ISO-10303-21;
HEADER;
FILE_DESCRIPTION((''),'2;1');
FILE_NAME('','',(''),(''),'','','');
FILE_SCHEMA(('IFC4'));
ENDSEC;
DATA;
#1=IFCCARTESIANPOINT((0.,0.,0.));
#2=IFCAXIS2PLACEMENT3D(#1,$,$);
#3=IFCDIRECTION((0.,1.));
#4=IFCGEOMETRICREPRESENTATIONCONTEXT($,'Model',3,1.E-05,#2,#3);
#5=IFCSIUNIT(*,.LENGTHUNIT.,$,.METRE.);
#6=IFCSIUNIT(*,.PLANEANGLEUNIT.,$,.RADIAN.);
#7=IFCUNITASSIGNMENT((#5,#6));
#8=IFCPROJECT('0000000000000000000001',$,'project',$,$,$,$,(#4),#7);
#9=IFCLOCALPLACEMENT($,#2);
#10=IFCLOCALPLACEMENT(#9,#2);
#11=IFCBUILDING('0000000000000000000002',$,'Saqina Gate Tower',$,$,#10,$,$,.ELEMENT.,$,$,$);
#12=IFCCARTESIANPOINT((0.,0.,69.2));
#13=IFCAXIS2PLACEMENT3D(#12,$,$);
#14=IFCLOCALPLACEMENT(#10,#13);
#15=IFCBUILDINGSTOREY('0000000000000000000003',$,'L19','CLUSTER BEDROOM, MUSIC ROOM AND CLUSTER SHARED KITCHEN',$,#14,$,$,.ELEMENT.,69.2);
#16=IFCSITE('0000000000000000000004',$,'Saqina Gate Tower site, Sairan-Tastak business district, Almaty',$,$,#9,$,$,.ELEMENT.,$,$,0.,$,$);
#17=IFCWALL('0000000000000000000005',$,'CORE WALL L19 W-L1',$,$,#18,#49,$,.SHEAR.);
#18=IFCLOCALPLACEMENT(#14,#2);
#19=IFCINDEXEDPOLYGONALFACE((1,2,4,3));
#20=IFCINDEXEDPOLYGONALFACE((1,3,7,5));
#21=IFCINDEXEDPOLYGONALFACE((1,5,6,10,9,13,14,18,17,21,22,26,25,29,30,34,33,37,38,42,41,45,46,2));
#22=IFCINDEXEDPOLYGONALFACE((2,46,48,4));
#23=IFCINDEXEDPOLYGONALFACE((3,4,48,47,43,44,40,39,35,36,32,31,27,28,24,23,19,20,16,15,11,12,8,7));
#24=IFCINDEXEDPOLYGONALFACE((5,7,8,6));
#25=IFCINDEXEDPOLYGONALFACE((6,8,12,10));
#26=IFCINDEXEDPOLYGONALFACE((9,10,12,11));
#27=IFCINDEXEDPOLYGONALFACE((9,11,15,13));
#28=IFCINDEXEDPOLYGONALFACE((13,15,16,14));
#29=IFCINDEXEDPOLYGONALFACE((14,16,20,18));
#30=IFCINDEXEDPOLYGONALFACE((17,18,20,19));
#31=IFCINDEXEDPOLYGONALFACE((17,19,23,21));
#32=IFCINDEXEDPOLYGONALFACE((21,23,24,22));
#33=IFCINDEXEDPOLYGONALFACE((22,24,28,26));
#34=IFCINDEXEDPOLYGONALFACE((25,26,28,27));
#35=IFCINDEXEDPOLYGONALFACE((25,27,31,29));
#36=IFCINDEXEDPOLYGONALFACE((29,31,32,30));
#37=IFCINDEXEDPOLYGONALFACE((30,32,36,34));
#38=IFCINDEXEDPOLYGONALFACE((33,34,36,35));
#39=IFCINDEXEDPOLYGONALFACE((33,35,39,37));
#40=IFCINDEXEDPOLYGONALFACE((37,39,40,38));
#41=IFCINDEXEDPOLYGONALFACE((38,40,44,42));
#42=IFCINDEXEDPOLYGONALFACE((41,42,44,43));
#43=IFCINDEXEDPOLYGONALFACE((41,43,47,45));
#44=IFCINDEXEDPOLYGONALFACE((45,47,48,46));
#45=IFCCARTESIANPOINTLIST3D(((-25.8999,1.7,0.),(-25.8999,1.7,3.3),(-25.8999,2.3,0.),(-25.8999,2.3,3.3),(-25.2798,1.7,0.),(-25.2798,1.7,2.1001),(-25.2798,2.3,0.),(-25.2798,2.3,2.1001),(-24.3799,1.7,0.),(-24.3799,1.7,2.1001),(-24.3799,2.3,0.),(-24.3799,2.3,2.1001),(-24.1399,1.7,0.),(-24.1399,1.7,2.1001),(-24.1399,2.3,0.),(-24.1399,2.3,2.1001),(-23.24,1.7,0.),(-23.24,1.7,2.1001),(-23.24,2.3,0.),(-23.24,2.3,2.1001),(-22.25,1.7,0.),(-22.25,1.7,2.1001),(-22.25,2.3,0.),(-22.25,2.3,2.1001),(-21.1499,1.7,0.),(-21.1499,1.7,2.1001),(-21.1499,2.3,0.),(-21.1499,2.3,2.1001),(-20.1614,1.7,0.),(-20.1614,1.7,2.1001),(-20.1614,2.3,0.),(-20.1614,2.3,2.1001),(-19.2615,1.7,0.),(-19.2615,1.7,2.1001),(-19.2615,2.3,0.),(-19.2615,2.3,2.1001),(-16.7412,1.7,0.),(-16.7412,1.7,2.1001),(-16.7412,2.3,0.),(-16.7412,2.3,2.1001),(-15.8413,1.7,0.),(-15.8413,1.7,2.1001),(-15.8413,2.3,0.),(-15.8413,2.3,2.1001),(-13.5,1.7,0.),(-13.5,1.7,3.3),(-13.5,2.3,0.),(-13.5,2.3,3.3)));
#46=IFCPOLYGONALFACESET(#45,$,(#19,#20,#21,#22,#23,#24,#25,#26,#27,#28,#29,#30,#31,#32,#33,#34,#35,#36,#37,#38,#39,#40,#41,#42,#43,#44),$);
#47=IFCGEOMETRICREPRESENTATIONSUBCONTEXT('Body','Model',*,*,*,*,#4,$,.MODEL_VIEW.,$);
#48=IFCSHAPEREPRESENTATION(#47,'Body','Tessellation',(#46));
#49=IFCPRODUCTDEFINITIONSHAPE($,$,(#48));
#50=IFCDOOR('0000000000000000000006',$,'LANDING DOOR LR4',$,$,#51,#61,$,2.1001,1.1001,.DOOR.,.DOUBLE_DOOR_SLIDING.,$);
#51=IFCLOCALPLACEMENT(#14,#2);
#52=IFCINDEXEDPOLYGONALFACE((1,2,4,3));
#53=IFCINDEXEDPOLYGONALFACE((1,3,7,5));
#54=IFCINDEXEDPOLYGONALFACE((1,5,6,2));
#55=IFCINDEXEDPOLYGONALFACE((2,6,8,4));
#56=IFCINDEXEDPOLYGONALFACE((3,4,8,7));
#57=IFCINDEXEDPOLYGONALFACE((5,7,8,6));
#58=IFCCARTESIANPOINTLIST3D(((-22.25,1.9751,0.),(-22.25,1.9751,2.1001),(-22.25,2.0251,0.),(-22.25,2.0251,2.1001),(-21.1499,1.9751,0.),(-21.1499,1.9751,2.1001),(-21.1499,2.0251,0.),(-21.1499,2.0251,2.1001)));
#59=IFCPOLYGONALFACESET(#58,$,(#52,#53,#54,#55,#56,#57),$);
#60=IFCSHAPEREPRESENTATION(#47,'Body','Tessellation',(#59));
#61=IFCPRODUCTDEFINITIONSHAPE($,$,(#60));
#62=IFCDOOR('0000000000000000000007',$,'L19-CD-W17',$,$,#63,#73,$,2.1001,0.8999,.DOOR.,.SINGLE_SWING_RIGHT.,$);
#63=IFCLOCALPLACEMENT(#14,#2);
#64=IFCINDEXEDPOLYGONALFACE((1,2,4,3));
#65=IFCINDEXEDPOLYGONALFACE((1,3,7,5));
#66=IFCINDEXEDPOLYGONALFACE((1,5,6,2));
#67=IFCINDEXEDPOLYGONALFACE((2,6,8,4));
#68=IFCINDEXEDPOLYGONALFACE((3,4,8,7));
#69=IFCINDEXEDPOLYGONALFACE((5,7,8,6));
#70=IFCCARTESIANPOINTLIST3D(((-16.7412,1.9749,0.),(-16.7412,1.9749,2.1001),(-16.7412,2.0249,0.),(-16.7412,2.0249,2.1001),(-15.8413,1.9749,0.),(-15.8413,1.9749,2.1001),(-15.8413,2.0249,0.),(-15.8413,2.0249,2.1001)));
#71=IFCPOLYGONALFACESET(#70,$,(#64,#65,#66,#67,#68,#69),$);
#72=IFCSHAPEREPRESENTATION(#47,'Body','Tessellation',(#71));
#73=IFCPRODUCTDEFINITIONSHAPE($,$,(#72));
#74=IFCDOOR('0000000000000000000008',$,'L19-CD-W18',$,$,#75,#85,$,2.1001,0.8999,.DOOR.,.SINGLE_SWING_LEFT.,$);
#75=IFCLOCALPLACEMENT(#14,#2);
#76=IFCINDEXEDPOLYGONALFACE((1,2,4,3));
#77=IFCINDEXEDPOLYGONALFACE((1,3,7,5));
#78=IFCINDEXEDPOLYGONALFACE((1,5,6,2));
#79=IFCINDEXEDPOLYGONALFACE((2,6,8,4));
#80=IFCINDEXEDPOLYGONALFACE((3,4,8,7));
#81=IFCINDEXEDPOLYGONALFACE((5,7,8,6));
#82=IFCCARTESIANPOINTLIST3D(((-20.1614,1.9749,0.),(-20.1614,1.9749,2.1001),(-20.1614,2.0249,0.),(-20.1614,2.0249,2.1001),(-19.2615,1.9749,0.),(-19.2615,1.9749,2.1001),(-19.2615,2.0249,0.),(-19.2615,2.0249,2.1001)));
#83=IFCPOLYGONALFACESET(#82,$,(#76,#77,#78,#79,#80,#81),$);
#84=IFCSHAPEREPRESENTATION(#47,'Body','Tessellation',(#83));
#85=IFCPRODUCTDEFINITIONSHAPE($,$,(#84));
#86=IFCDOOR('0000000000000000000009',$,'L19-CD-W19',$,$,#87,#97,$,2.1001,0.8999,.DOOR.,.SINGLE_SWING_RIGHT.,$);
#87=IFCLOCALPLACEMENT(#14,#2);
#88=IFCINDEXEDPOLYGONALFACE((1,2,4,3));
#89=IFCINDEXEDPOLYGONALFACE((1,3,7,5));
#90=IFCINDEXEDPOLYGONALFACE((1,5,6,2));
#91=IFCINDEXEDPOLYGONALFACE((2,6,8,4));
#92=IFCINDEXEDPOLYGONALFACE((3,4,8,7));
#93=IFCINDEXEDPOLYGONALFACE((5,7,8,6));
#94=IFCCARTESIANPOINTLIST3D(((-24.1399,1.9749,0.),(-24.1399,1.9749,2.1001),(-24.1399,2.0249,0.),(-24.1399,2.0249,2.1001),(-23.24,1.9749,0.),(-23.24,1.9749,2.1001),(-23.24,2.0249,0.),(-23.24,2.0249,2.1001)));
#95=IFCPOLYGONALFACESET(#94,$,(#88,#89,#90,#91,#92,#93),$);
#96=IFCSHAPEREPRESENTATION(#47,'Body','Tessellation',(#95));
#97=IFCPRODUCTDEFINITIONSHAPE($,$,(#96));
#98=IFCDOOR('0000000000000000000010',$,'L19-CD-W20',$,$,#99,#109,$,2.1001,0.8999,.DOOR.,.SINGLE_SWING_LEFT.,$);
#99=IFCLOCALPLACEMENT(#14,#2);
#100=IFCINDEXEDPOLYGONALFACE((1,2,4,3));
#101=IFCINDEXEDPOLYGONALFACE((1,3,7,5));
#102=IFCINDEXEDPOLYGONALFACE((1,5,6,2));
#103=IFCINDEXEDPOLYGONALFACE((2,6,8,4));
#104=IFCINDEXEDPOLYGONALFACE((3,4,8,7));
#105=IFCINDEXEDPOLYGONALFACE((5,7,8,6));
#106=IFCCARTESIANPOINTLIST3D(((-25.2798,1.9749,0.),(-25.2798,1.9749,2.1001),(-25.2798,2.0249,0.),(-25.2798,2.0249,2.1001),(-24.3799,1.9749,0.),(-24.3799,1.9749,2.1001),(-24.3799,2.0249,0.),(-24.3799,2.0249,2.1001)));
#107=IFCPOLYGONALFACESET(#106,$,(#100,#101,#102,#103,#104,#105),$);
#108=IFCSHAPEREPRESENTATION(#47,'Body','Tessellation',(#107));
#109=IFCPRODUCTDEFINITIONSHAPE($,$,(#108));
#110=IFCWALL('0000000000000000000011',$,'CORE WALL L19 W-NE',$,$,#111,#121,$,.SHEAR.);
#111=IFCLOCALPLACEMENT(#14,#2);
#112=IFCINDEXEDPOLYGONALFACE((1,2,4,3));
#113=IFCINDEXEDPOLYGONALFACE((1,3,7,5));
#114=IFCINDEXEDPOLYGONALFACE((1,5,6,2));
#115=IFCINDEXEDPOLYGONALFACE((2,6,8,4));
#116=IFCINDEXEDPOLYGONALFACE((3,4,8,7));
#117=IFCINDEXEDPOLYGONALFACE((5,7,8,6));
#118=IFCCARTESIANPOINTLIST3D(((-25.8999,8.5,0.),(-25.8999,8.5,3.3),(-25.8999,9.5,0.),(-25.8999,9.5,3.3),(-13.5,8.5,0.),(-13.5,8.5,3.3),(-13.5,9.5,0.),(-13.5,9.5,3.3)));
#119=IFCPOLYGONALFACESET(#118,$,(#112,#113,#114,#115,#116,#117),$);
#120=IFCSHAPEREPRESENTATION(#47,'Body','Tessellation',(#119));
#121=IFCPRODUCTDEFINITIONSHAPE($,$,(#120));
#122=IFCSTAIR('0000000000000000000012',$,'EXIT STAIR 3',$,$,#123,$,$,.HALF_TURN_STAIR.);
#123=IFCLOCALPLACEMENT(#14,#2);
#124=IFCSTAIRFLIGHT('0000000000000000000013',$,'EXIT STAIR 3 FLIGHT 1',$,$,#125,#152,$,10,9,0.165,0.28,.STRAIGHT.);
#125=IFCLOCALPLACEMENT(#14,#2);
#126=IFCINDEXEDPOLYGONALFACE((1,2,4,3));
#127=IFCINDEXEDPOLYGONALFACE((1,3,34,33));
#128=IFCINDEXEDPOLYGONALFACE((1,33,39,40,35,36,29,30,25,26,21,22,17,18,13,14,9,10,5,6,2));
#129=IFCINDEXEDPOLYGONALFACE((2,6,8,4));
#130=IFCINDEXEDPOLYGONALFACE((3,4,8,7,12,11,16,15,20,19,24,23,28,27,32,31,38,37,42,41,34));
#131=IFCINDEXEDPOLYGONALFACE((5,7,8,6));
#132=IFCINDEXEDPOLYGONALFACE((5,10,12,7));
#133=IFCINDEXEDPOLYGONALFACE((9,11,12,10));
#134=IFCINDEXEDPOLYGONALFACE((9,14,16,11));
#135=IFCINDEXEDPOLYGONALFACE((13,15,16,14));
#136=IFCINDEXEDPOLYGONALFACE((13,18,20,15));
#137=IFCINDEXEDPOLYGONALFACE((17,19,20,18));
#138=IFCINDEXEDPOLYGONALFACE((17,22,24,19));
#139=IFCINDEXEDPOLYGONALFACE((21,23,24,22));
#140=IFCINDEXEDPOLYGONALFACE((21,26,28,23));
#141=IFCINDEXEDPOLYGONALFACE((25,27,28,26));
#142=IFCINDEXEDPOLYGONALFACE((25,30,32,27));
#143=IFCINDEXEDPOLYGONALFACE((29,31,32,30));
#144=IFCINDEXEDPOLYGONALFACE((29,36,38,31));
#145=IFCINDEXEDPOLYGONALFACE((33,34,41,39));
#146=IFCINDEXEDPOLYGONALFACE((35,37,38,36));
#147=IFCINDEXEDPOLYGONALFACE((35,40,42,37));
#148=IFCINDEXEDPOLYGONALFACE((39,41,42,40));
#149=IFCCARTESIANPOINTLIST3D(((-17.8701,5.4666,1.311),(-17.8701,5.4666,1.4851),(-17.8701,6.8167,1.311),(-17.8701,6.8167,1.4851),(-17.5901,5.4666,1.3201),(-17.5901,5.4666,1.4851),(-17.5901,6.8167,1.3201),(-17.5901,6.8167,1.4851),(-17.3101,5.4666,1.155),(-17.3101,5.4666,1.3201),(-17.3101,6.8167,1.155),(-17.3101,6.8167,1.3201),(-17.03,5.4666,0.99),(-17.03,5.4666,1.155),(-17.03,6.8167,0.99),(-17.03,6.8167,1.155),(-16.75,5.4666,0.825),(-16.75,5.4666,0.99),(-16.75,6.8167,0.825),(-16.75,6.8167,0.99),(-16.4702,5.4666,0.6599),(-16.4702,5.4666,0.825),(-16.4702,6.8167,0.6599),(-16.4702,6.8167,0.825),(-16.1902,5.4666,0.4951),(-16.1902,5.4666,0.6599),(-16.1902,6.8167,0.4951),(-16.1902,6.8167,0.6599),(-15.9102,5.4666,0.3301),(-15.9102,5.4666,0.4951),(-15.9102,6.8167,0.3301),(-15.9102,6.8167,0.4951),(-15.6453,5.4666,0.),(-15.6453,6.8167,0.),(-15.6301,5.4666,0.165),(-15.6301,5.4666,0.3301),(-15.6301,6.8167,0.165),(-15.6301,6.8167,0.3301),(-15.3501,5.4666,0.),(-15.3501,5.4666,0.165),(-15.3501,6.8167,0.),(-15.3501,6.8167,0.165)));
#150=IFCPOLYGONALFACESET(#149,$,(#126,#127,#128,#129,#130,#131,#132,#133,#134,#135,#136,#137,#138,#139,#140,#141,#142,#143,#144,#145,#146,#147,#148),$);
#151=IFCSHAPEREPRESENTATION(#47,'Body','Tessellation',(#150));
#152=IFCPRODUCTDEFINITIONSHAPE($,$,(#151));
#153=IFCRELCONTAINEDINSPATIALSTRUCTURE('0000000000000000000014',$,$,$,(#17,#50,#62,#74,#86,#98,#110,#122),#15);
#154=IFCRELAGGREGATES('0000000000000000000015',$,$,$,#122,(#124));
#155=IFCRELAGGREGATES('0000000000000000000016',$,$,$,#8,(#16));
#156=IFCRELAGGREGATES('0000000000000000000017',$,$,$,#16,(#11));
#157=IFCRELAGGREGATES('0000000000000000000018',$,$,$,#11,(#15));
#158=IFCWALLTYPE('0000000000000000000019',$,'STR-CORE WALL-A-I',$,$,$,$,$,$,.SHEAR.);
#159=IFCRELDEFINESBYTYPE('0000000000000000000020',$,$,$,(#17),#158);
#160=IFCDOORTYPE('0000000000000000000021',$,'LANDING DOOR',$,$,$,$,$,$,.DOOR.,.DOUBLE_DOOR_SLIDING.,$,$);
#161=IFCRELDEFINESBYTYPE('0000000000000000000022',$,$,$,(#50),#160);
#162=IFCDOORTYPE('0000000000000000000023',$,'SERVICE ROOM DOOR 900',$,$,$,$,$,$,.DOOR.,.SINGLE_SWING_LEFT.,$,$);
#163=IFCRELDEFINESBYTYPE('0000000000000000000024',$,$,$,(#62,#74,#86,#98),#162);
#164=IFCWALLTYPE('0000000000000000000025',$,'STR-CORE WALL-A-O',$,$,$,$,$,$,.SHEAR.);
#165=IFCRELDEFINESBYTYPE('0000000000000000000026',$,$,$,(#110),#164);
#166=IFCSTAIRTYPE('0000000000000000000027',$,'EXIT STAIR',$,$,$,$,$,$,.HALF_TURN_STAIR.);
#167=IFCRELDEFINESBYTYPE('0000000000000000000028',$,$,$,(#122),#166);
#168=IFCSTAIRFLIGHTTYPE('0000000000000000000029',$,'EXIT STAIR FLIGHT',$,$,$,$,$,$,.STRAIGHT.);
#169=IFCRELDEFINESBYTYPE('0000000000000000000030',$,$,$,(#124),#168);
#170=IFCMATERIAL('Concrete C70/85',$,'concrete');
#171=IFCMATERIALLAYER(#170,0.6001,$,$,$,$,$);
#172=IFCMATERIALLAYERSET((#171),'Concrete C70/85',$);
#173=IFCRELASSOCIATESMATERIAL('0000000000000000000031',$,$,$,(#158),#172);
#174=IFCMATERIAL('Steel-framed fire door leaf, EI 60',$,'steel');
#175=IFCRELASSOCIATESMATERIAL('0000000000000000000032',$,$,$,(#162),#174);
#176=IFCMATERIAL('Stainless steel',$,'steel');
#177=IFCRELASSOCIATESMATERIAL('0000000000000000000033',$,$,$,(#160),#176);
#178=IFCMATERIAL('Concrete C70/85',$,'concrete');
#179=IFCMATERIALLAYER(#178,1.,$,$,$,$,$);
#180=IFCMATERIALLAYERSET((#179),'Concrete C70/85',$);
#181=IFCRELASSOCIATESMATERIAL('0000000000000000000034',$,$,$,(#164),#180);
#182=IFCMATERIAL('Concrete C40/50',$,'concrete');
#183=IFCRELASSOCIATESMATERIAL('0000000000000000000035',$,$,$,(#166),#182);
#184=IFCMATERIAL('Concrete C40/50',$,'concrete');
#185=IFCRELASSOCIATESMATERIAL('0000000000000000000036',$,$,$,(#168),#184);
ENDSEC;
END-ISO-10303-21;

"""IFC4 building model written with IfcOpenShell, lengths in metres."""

from ifc_helpers import new_model, si_unit, direction, frame, frame_2d, origin, place, context, subcontext, project, spatial, polyline, rectangle, outline, extrude, material, layer, layer_set, type_object, element, fill, aggregate, save


model = new_model("IFC4")

# Units and contexts
model_context = context("Model", 3, precision=1e-05, world=origin(), true_north=direction((0.0, 1.0)))
body_context = subcontext(model_context, "Body", "Model", "MODEL_VIEW")
ifc_project = project(units=[si_unit("LENGTHUNIT", "METRE"), si_unit("PLANEANGLEUNIT", "RADIAN")], contexts=[model_context])

# Site, building, storey
site_placement = place(None, origin())
site = spatial("IfcSite", under=ifc_project, at=site_placement, Name="Saqina Gate Tower site, Sairan-Tastak business district, Almaty", CompositionType="ELEMENT", RefElevation=0.0)
building_placement = place(site_placement, origin())
building = spatial("IfcBuilding", under=site, at=building_placement, Name="Saqina Gate Tower", CompositionType="ELEMENT")
storey_placement = place(building_placement, frame((0.0, 0.0, 69.2)))
storey = spatial("IfcBuildingStorey", under=building, at=storey_placement, Name="L19", Description="CLUSTER BEDROOM, MUSIC ROOM AND CLUSTER SHARED KITCHEN", CompositionType="ELEMENT", Elevation=69.2)

# Wall, openings, doors
ifc_material_1 = material(Name="Concrete C70/85", Category="concrete")
ifc_layer_1 = layer(ifc_material_1, 0.6001)
ifc_layer_set_1 = layer_set([ifc_layer_1], Name="Concrete C70/85")
wall_type_1 = type_object("IfcWallType", Name="STR-CORE WALL-A-I", PredefinedType="SHEAR", material=ifc_layer_set_1)
ifc_material_2 = material(Name="Steel-framed fire door leaf, EI 60", Category="steel")
door_type_1 = type_object("IfcDoorType", Name="SERVICE ROOM DOOR 900", OperationType="SINGLE_SWING_LEFT", PredefinedType="DOOR", material=ifc_material_2)
wall_1_placement = place(storey_placement, frame((-13.5, 2.0, 0.0), z_axis=(0.0, 0.0, 1.0), x_axis=(-1.0, 0.0, 0.0)))
wall_1 = element("IfcWall", 1, at=wall_1_placement, inside=storey, type_object=wall_type_1, Name="CORE WALL L19 W-L1", PredefinedType="SHEAR", context=body_context, shape_type="SweptSolid", body=[
    extrude(rectangle(XDim=12.3999, YDim=0.6001, at=frame_2d((6.2, 0.0))), origin(), (0.0, 0.0, 1.0), 3.3),
])
opening_1_placement = place(wall_1_placement, frame((7.6499, 0.0, 0.0)))
opening_1 = element("IfcOpeningElement", 2, at=opening_1_placement, cuts=wall_1, PredefinedType="OPENING", context=body_context, shape_type="SweptSolid", body=[
    extrude(rectangle(XDim=1.1001, YDim=2.1001, at=frame_2d((0.55, 1.05))), frame((0.0, 0.312, 0.0), z_axis=(0.0, -1.0, 0.0), x_axis=(1.0, 0.0, 0.0)), (0.0, 0.0, 1.0), 0.624),
])
opening_2_placement = place(wall_1_placement, frame((2.3413, 0.0, 0.0)))
opening_2 = element("IfcOpeningElement", 3, at=opening_2_placement, cuts=wall_1, PredefinedType="OPENING", context=body_context, shape_type="SweptSolid", body=[
    extrude(rectangle(XDim=0.8999, YDim=2.1001, at=frame_2d((0.45, 1.05))), frame((0.0, 0.312, 0.0), z_axis=(0.0, -1.0, 0.0), x_axis=(1.0, 0.0, 0.0)), (0.0, 0.0, 1.0), 0.624),
])
opening_3_placement = place(wall_1_placement, frame((5.7615, 0.0, 0.0)))
opening_3 = element("IfcOpeningElement", 4, at=opening_3_placement, cuts=wall_1, PredefinedType="OPENING", context=body_context, shape_type="SweptSolid", body=[
    extrude(rectangle(XDim=0.8999, YDim=2.1001, at=frame_2d((0.45, 1.05))), frame((0.0, 0.312, 0.0), z_axis=(0.0, -1.0, 0.0), x_axis=(1.0, 0.0, 0.0)), (0.0, 0.0, 1.0), 0.624),
])
opening_4_placement = place(wall_1_placement, frame((9.74, 0.0, 0.0)))
opening_4 = element("IfcOpeningElement", 5, at=opening_4_placement, cuts=wall_1, PredefinedType="OPENING", context=body_context, shape_type="SweptSolid", body=[
    extrude(rectangle(XDim=0.8999, YDim=2.1001, at=frame_2d((0.45, 1.05))), frame((0.0, 0.312, 0.0), z_axis=(0.0, -1.0, 0.0), x_axis=(1.0, 0.0, 0.0)), (0.0, 0.0, 1.0), 0.624),
])
opening_5_placement = place(wall_1_placement, frame((10.8799, 0.0, 0.0)))
opening_5 = element("IfcOpeningElement", 6, at=opening_5_placement, cuts=wall_1, PredefinedType="OPENING", context=body_context, shape_type="SweptSolid", body=[
    extrude(rectangle(XDim=0.8999, YDim=2.1001, at=frame_2d((0.45, 1.05))), frame((0.0, 0.312, 0.0), z_axis=(0.0, -1.0, 0.0), x_axis=(1.0, 0.0, 0.0)), (0.0, 0.0, 1.0), 0.624),
])
ifc_material_3 = material(Name="Stainless steel", Category="steel")
door_type_2 = type_object("IfcDoorType", Name="LANDING DOOR", OperationType="DOUBLE_DOOR_SLIDING", PredefinedType="DOOR", material=ifc_material_3)
door_1_placement = place(opening_1_placement, origin())
door_1 = element("IfcDoor", 7, at=door_1_placement, inside=storey, type_object=door_type_2, Name="LANDING DOOR LR4", OperationType="DOUBLE_DOOR_SLIDING", OverallHeight=2.1001, OverallWidth=1.1001, PredefinedType="DOOR", context=body_context, shape_type="SweptSolid", body=[
    extrude(rectangle(XDim=1.1001, YDim=2.1001, at=frame_2d((0.55, 1.05))), frame((0.0, 0.0249, 0.0), z_axis=(0.0, -1.0, 0.0), x_axis=(1.0, 0.0, 0.0)), (0.0, 0.0, 1.0), 0.05),
])
fill(opening_1, door_1)
door_2_placement = place(opening_2_placement, frame((0.8999, 0.0, 0.0), z_axis=(0.0, 0.0, 1.0), x_axis=(-1.0, 0.0, 0.0)))
door_2 = element("IfcDoor", 8, at=door_2_placement, inside=storey, type_object=door_type_1, Name="L19-CD-W17", OperationType="SINGLE_SWING_RIGHT", OverallHeight=2.1001, OverallWidth=0.8999, PredefinedType="DOOR", context=body_context, shape_type="SweptSolid", body=[
    extrude(rectangle(XDim=0.8999, YDim=2.1001, at=frame_2d((0.45, 1.05))), frame((0.0, 0.0249, 0.0), z_axis=(0.0, -1.0, 0.0), x_axis=(1.0, 0.0, 0.0)), (0.0, 0.0, 1.0), 0.05),
])
fill(opening_2, door_2)
door_3_placement = place(opening_3_placement, frame((0.8999, 0.0, 0.0), z_axis=(0.0, 0.0, 1.0), x_axis=(-1.0, 0.0, 0.0)))
door_3 = element("IfcDoor", 9, at=door_3_placement, inside=storey, type_object=door_type_1, Name="L19-CD-W18", OperationType="SINGLE_SWING_LEFT", OverallHeight=2.1001, OverallWidth=0.8999, PredefinedType="DOOR", context=body_context, shape_type="SweptSolid", body=[
    extrude(rectangle(XDim=0.8999, YDim=2.1001, at=frame_2d((0.45, 1.05))), frame((0.0, 0.0249, 0.0), z_axis=(0.0, -1.0, 0.0), x_axis=(1.0, 0.0, 0.0)), (0.0, 0.0, 1.0), 0.05),
])
fill(opening_3, door_3)
door_4_placement = place(opening_4_placement, frame((0.8999, 0.0, 0.0), z_axis=(0.0, 0.0, 1.0), x_axis=(-1.0, 0.0, 0.0)))
door_4 = element("IfcDoor", 10, at=door_4_placement, inside=storey, type_object=door_type_1, Name="L19-CD-W19", OperationType="SINGLE_SWING_RIGHT", OverallHeight=2.1001, OverallWidth=0.8999, PredefinedType="DOOR", context=body_context, shape_type="SweptSolid", body=[
    extrude(rectangle(XDim=0.8999, YDim=2.1001, at=frame_2d((0.45, 1.05))), frame((0.0, 0.0249, 0.0), z_axis=(0.0, -1.0, 0.0), x_axis=(1.0, 0.0, 0.0)), (0.0, 0.0, 1.0), 0.05),
])
fill(opening_4, door_4)
door_5_placement = place(opening_5_placement, frame((0.8999, 0.0, 0.0), z_axis=(0.0, 0.0, 1.0), x_axis=(-1.0, 0.0, 0.0)))
door_5 = element("IfcDoor", 11, at=door_5_placement, inside=storey, type_object=door_type_1, Name="L19-CD-W20", OperationType="SINGLE_SWING_LEFT", OverallHeight=2.1001, OverallWidth=0.8999, PredefinedType="DOOR", context=body_context, shape_type="SweptSolid", body=[
    extrude(rectangle(XDim=0.8999, YDim=2.1001, at=frame_2d((0.45, 1.05))), frame((0.0, 0.0249, 0.0), z_axis=(0.0, -1.0, 0.0), x_axis=(1.0, 0.0, 0.0)), (0.0, 0.0, 1.0), 0.05),
])
fill(opening_5, door_5)

# Wall
ifc_material_4 = material(Name="Concrete C70/85", Category="concrete")
ifc_layer_2 = layer(ifc_material_4, 1.0)
ifc_layer_set_2 = layer_set([ifc_layer_2], Name="Concrete C70/85")
wall_type_2 = type_object("IfcWallType", Name="STR-CORE WALL-A-O", PredefinedType="SHEAR", material=ifc_layer_set_2)
wall_2_placement = place(storey_placement, frame((-13.5, 9.0, 0.0), z_axis=(0.0, 0.0, 1.0), x_axis=(-1.0, 0.0, 0.0)))
element("IfcWall", 12, at=wall_2_placement, inside=storey, type_object=wall_type_2, Name="CORE WALL L19 W-NE", PredefinedType="SHEAR", context=body_context, shape_type="SweptSolid", body=[
    extrude(rectangle(XDim=12.3999, YDim=1.0, at=frame_2d((6.2, 0.0))), origin(), (0.0, 0.0, 1.0), 3.3),
])

# Stair, stair flight
ifc_material_5 = material(Name="Concrete C40/50", Category="concrete")
stair_type = type_object("IfcStairType", Name="EXIT STAIR", PredefinedType="HALF_TURN_STAIR", material=ifc_material_5)
stair_placement = place(storey_placement, origin())
stair = element("IfcStair", 13, at=stair_placement, inside=storey, type_object=stair_type, Name="EXIT STAIR 3", PredefinedType="HALF_TURN_STAIR")
ifc_material_6 = material(Name="Concrete C40/50", Category="concrete")
stair_flight_type = type_object("IfcStairFlightType", Name="EXIT STAIR FLIGHT", PredefinedType="STRAIGHT", material=ifc_material_6)
stair_flight_1_placement = place(storey_placement, frame((-15.3501, 6.1416, 0.0), z_axis=(0.0, 0.0, 1.0), x_axis=(-1.0, 0.0, 0.0)))
stair_flight_1 = element("IfcStairFlight", 14, at=stair_flight_1_placement, type_object=stair_flight_type, Name="EXIT STAIR 3 FLIGHT 1", NumberOfRisers=10, NumberOfTreads=9, PredefinedType="STRAIGHT", RiserHeight=0.165, TreadLength=0.28, context=body_context, shape_type="SweptSolid", body=[
    extrude(outline(polyline([(0.0, 0.0), (0.0, 0.165), (0.28, 0.165), (0.28, 0.3301), (0.5601, 0.3301), (0.5601, 0.4951), (0.8401, 0.4951), (0.8401, 0.6599), (1.1201, 0.6599), (1.1201, 0.825), (1.3999, 0.825), (1.3999, 0.99), (1.6799, 0.99), (1.6799, 1.155), (1.96, 1.155), (1.96, 1.3201), (2.24, 1.3201), (2.24, 1.4851), (2.52, 1.4851), (2.52, 1.6499), (2.52, 1.311), (0.2952, 0.0), (0.0, 0.0)])), frame((0.0, 0.675, 0.0), z_axis=(0.0, -1.0, 0.0), x_axis=(1.0, 0.0, 0.0)), (0.0, 0.0, 1.0), 1.3501),
])
aggregate(stair, [stair_flight_1])

save(model, "model.ifc")
